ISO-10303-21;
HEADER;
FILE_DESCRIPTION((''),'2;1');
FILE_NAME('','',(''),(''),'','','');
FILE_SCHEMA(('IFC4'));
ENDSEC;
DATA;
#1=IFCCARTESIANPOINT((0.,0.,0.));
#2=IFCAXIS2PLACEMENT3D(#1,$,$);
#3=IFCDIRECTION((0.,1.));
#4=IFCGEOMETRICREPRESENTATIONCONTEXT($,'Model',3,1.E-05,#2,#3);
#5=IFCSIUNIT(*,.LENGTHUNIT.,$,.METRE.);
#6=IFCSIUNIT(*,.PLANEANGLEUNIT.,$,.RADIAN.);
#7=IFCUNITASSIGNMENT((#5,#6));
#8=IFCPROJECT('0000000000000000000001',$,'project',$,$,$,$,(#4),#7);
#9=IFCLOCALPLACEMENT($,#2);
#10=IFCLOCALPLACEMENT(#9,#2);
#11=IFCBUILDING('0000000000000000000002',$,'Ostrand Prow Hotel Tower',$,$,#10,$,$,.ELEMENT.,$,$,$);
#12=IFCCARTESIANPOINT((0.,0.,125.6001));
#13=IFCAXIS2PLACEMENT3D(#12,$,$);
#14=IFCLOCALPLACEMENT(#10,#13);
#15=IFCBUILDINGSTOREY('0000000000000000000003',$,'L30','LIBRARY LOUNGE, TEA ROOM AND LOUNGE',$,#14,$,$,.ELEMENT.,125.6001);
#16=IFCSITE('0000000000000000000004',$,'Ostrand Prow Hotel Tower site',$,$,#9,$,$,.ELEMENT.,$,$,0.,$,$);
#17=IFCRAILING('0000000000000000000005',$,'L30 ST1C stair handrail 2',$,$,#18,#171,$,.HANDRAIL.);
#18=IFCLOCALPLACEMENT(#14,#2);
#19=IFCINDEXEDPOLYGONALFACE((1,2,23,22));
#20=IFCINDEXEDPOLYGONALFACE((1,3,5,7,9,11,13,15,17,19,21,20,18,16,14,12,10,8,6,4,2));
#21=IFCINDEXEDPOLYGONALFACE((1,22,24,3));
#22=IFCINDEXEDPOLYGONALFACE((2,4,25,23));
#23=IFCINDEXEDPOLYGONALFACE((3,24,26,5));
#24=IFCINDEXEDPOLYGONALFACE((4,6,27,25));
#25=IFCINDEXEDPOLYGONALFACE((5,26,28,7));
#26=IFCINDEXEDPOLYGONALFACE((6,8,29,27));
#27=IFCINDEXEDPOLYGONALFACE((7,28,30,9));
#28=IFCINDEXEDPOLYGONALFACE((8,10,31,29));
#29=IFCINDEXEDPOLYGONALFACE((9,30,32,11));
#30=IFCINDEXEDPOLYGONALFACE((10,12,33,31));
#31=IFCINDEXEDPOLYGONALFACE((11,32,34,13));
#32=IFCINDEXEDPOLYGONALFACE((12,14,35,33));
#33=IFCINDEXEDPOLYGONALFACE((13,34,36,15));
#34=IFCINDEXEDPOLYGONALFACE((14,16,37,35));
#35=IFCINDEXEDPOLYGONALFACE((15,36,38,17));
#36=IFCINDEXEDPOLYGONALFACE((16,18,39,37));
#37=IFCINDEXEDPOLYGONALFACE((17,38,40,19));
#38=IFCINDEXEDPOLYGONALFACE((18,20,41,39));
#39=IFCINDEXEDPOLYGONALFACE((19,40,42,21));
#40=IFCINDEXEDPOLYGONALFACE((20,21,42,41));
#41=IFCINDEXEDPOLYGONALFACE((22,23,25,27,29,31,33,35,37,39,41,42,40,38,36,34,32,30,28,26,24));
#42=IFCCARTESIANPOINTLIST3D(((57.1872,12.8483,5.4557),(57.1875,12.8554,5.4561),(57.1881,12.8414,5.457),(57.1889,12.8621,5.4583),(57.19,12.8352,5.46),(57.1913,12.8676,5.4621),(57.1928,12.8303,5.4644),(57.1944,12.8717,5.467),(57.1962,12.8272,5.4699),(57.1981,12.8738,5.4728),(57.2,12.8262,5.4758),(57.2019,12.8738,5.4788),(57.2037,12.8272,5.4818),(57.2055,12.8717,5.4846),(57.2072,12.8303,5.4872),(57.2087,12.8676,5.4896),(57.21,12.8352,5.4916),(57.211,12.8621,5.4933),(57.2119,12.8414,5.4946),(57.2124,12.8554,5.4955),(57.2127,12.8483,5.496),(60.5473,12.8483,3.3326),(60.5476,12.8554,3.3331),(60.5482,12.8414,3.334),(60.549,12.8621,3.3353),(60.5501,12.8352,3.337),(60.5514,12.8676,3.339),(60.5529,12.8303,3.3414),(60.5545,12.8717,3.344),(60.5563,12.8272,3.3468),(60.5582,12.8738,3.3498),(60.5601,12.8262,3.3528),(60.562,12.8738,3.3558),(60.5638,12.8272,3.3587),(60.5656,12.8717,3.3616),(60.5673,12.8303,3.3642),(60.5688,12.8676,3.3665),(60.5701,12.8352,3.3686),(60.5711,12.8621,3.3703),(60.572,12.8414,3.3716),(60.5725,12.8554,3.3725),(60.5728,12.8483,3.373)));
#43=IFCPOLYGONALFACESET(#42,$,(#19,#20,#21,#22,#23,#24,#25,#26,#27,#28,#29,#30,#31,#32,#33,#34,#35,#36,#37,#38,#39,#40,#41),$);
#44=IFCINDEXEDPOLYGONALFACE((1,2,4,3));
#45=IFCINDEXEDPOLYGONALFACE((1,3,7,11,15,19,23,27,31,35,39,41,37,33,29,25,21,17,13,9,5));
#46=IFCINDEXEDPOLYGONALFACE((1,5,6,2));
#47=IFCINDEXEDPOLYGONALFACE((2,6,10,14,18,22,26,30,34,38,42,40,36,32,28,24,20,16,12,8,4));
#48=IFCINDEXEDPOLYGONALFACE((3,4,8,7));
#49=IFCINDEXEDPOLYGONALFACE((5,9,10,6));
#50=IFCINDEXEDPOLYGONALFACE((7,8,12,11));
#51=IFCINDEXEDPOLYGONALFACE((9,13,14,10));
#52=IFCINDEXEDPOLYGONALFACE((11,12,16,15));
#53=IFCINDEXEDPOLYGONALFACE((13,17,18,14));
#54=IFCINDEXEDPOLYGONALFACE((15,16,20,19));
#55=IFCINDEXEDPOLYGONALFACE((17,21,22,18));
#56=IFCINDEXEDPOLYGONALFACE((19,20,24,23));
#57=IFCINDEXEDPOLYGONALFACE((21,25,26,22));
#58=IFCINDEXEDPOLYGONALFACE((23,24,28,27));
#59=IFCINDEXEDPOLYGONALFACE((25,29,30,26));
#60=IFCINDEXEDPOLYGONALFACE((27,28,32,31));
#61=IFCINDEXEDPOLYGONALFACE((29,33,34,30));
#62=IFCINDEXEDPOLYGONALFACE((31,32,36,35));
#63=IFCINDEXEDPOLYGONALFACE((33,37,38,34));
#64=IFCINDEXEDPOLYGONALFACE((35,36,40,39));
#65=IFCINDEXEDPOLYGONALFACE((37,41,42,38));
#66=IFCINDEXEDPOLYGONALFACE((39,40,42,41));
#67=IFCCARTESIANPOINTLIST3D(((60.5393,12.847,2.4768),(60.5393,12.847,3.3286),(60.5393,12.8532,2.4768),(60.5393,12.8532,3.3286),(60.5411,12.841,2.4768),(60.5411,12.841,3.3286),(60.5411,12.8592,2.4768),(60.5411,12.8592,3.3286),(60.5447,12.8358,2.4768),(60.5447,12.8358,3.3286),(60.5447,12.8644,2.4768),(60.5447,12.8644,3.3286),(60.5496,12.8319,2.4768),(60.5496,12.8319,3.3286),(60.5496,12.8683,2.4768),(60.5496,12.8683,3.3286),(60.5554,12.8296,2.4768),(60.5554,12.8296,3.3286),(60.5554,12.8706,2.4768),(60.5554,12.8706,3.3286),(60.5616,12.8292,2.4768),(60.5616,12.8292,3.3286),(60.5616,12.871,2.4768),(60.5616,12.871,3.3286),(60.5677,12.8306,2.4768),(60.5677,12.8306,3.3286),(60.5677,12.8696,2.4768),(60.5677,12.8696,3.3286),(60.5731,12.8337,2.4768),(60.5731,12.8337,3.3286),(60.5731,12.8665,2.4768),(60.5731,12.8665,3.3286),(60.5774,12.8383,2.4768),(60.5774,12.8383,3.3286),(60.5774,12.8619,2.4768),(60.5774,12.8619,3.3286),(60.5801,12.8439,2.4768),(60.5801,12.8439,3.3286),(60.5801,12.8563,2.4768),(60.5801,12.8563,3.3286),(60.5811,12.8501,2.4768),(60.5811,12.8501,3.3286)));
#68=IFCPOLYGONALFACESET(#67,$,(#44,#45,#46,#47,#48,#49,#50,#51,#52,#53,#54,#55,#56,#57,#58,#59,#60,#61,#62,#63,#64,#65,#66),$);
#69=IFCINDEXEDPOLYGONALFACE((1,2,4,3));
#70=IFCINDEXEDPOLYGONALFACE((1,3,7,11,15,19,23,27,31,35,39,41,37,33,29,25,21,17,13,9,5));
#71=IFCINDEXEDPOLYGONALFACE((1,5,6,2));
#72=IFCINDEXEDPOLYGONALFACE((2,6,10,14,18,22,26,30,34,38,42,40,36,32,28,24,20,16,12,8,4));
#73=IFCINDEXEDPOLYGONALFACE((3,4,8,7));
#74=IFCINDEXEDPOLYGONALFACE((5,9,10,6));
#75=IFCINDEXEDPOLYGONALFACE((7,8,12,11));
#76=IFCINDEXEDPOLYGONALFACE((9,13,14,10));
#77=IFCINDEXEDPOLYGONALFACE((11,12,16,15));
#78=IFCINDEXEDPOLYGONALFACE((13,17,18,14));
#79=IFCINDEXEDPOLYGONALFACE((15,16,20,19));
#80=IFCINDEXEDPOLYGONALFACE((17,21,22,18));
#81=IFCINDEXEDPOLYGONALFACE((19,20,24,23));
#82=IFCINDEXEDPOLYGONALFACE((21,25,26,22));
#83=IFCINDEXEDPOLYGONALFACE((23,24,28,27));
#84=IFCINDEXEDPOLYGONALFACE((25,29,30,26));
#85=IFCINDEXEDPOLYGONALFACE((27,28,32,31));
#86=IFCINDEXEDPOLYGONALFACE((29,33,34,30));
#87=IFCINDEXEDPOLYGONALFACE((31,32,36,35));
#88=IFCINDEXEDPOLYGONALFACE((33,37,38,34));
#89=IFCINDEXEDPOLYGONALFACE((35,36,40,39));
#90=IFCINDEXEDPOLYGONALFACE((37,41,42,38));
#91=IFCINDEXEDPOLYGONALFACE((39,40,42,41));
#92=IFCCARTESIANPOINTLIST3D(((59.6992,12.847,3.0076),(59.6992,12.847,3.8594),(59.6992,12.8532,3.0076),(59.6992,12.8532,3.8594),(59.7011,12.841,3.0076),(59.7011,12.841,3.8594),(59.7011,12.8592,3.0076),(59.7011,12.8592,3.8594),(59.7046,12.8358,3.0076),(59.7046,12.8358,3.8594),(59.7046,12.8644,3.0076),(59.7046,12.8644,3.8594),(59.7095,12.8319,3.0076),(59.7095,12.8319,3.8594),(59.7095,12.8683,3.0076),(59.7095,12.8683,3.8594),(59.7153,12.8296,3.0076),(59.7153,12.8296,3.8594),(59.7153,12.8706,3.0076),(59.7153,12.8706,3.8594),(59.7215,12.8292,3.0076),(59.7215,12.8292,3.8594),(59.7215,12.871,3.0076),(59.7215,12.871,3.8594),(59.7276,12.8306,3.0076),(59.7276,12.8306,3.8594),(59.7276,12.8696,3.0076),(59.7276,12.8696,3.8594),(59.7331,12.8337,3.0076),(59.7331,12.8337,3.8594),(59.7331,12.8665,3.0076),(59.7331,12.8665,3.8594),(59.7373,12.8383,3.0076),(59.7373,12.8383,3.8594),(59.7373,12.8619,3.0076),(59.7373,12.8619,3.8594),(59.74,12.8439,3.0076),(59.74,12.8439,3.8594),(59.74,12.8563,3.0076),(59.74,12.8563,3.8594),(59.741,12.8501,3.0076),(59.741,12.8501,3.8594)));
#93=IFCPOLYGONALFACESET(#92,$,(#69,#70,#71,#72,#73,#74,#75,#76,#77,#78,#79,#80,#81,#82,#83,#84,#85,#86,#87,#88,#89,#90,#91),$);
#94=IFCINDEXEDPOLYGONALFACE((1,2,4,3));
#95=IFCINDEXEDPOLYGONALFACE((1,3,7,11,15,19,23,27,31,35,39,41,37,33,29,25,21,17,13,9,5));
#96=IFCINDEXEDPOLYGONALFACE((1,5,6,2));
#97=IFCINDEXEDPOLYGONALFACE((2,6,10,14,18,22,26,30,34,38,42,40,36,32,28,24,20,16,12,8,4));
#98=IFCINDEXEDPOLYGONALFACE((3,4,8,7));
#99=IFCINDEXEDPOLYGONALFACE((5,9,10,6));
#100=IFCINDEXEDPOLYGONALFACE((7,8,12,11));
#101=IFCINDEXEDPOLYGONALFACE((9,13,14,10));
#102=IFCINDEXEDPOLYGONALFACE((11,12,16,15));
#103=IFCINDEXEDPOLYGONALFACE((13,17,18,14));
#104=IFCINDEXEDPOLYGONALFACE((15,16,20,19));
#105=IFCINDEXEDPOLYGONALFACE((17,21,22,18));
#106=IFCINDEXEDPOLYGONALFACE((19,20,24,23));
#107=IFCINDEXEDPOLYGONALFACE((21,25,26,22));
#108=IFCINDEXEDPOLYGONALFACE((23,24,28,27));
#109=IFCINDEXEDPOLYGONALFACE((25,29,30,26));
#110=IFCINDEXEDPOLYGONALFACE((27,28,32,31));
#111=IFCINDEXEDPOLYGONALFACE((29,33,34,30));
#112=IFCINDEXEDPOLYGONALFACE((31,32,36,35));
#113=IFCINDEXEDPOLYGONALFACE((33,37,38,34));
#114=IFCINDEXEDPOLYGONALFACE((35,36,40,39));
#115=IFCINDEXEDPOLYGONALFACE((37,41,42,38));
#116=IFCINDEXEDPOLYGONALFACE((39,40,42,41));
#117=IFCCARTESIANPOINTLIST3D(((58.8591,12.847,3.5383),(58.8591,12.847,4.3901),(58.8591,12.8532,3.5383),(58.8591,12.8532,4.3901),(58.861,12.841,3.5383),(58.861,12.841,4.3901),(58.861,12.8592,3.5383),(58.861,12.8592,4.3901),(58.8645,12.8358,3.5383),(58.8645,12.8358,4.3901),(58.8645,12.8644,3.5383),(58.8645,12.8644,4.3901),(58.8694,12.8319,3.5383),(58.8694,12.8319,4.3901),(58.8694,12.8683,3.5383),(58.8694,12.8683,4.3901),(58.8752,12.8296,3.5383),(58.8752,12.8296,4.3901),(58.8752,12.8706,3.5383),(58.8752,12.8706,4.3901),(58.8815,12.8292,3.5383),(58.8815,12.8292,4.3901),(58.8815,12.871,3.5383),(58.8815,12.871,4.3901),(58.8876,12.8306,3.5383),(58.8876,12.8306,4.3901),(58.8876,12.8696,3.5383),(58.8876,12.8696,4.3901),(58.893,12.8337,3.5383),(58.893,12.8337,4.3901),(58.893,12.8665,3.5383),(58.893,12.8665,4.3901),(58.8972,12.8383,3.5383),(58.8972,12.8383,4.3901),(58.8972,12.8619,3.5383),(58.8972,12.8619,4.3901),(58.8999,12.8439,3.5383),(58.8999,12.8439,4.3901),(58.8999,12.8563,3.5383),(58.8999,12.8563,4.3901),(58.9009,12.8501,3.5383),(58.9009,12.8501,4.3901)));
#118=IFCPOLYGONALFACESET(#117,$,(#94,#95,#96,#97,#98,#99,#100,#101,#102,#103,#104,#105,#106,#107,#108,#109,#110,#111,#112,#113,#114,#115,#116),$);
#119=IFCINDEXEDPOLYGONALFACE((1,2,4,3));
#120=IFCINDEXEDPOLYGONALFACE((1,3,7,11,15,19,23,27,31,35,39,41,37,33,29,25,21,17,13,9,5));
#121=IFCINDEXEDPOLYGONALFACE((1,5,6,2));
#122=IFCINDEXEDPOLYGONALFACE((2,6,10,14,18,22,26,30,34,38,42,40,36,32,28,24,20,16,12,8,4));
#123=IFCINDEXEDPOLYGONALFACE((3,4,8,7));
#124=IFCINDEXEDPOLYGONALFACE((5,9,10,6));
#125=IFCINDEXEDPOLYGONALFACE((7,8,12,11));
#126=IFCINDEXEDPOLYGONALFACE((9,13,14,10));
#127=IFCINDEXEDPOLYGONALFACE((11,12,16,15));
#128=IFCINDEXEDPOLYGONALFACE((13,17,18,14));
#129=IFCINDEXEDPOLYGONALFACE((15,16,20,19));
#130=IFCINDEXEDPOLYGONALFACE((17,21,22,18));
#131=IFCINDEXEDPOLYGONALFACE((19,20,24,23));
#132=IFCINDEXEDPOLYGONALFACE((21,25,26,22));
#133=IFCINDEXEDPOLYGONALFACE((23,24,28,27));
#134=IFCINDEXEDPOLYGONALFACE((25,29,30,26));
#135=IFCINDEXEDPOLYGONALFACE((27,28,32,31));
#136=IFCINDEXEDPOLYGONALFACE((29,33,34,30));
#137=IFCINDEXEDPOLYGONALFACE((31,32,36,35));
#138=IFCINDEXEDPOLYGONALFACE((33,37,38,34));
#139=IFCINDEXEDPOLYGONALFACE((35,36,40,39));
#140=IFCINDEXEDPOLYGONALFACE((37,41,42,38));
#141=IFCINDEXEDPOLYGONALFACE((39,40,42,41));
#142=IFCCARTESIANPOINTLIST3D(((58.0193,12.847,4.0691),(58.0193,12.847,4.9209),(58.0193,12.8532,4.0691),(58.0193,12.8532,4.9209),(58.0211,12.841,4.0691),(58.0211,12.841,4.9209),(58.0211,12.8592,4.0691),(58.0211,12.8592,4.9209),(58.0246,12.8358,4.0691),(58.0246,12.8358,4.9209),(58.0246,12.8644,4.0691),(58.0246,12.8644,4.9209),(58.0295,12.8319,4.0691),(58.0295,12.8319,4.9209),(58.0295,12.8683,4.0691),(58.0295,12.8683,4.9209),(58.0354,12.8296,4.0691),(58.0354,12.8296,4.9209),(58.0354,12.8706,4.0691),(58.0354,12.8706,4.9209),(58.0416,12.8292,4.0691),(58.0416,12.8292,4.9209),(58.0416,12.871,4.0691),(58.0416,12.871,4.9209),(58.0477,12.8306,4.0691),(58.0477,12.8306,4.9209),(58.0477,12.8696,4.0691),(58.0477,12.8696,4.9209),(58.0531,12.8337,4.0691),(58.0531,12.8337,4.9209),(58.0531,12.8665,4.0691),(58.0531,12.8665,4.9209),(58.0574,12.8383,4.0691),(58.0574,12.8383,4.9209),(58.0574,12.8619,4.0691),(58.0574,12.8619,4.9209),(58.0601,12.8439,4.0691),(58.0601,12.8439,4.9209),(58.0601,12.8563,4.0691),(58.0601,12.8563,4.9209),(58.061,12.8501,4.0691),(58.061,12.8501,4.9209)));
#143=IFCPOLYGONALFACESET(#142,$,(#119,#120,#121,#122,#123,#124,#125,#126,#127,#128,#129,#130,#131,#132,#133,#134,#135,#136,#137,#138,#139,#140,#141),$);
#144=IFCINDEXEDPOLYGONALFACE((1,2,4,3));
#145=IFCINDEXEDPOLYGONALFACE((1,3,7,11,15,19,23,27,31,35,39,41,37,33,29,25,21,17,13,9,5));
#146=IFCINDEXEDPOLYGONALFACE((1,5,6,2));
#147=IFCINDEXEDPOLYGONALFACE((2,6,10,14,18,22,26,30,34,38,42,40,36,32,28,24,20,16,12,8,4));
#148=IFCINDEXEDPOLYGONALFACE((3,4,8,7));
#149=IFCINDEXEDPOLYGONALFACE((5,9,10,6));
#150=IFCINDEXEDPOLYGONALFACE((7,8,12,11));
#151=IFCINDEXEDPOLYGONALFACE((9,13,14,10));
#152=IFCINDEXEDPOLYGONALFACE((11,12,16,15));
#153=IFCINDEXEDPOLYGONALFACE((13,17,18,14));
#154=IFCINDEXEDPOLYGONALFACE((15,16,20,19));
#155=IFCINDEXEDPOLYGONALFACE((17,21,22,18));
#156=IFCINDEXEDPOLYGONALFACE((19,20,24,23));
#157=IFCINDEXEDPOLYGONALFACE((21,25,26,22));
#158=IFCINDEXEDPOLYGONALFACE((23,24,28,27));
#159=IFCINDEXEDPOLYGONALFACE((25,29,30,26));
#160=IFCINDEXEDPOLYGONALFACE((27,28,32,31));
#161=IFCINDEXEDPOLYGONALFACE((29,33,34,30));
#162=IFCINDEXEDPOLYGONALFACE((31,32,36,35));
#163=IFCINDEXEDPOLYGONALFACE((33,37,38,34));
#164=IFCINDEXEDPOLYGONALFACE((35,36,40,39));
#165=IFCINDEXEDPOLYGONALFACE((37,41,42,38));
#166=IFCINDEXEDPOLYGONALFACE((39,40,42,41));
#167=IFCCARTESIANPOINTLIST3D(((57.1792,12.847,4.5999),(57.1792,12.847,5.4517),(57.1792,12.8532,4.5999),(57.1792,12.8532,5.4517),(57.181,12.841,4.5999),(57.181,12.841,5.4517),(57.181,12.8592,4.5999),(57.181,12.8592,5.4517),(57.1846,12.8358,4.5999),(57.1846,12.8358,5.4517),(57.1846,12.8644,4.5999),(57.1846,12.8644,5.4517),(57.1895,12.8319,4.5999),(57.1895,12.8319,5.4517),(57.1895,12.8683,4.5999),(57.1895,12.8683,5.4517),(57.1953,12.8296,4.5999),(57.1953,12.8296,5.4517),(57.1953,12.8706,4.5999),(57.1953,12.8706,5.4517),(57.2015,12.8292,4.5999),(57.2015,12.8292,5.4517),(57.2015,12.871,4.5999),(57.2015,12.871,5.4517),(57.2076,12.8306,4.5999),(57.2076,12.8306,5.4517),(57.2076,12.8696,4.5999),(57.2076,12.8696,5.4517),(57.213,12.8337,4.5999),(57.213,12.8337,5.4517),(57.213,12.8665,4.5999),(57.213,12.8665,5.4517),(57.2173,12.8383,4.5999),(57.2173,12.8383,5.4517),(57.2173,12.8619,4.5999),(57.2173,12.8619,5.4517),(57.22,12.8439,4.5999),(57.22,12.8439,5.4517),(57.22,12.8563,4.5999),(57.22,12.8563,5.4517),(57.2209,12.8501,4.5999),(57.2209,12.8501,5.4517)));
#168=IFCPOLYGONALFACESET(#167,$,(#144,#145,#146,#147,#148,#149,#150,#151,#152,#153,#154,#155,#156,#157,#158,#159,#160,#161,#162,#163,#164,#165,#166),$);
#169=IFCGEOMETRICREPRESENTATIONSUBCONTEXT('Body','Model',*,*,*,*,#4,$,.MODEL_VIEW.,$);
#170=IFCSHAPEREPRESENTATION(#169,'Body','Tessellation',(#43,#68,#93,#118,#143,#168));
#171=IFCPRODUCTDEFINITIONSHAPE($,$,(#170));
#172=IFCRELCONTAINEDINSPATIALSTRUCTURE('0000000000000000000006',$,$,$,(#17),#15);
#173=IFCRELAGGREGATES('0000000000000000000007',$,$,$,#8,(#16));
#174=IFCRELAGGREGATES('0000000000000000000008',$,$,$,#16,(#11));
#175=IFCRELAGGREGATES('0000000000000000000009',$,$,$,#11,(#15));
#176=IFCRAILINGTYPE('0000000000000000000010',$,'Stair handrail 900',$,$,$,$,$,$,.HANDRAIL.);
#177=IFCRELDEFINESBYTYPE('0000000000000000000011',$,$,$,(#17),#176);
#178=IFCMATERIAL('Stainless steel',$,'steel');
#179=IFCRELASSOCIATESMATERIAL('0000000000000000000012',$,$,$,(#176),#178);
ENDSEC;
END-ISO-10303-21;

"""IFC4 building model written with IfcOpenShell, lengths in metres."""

from ifc_helpers import new_model, si_unit, direction, frame, origin, origin_2d, place, context, subcontext, project, spatial, circle, extrude, material, type_object, element, save


model = new_model("IFC4")

# Units and contexts
model_context = context("Model", 3, precision=1e-05, world=origin(), true_north=direction((0.0, 1.0)))
body_context = subcontext(model_context, "Body", "Model", "MODEL_VIEW")
ifc_project = project(units=[si_unit("LENGTHUNIT", "METRE"), si_unit("PLANEANGLEUNIT", "RADIAN")], contexts=[model_context])

# Site, building, storey
site_placement = place(None, origin())
site = spatial("IfcSite", under=ifc_project, at=site_placement, Name="Ostrand Prow Hotel Tower site", CompositionType="ELEMENT", RefElevation=0.0)
building_placement = place(site_placement, origin())
building = spatial("IfcBuilding", under=site, at=building_placement, Name="Ostrand Prow Hotel Tower", CompositionType="ELEMENT")
storey_placement = place(building_placement, frame((0.0, 0.0, 125.6001)))
storey = spatial("IfcBuildingStorey", under=building, at=storey_placement, Name="L30", Description="LIBRARY LOUNGE, TEA ROOM AND LOUNGE", CompositionType="ELEMENT", Elevation=125.6001)

# Railing
ifc_material_1 = material(Name="Stainless steel", Category="steel")
railing_type_1 = type_object("IfcRailingType", Name="Stair handrail 900", PredefinedType="HANDRAIL", material=ifc_material_1)
railing_1_placement = place(storey_placement, frame((60.5601, 12.8501, 2.4768)))
element("IfcRailing", 1, at=railing_1_placement, inside=storey, type_object=railing_type_1, Name="L30 ST1C stair handrail 2", PredefinedType="HANDRAIL", context=body_context, shape_type="SweptSolid", body=[
    extrude(circle(Radius=0.0239, at=origin_2d()), frame((0.0, 0.0, 0.876), z_axis=(-0.84539, 0.0, 0.53415), x_axis=(0.0, -1.0, 0.0)), (0.0, 0.0, 1.0), 3.9746),
    extrude(circle(Radius=0.021, at=origin_2d()), origin(), (0.0, 0.0, 1.0), 0.8518),
    extrude(circle(Radius=0.021, at=origin_2d()), frame((-0.8401, 0.0, 0.5308)), (0.0, 0.0, 1.0), 0.8518),
    extrude(circle(Radius=0.021, at=origin_2d()), frame((-1.6802, 0.0, 1.0615)), (0.0, 0.0, 1.0), 0.8518),
    extrude(circle(Radius=0.021, at=origin_2d()), frame((-2.52, 0.0, 1.5923)), (0.0, 0.0, 1.0), 0.8518),
    extrude(circle(Radius=0.021, at=origin_2d()), frame((-3.3601, 0.0, 2.123)), (0.0, 0.0, 1.0), 0.8518),
])

save(model, "model.ifc")
